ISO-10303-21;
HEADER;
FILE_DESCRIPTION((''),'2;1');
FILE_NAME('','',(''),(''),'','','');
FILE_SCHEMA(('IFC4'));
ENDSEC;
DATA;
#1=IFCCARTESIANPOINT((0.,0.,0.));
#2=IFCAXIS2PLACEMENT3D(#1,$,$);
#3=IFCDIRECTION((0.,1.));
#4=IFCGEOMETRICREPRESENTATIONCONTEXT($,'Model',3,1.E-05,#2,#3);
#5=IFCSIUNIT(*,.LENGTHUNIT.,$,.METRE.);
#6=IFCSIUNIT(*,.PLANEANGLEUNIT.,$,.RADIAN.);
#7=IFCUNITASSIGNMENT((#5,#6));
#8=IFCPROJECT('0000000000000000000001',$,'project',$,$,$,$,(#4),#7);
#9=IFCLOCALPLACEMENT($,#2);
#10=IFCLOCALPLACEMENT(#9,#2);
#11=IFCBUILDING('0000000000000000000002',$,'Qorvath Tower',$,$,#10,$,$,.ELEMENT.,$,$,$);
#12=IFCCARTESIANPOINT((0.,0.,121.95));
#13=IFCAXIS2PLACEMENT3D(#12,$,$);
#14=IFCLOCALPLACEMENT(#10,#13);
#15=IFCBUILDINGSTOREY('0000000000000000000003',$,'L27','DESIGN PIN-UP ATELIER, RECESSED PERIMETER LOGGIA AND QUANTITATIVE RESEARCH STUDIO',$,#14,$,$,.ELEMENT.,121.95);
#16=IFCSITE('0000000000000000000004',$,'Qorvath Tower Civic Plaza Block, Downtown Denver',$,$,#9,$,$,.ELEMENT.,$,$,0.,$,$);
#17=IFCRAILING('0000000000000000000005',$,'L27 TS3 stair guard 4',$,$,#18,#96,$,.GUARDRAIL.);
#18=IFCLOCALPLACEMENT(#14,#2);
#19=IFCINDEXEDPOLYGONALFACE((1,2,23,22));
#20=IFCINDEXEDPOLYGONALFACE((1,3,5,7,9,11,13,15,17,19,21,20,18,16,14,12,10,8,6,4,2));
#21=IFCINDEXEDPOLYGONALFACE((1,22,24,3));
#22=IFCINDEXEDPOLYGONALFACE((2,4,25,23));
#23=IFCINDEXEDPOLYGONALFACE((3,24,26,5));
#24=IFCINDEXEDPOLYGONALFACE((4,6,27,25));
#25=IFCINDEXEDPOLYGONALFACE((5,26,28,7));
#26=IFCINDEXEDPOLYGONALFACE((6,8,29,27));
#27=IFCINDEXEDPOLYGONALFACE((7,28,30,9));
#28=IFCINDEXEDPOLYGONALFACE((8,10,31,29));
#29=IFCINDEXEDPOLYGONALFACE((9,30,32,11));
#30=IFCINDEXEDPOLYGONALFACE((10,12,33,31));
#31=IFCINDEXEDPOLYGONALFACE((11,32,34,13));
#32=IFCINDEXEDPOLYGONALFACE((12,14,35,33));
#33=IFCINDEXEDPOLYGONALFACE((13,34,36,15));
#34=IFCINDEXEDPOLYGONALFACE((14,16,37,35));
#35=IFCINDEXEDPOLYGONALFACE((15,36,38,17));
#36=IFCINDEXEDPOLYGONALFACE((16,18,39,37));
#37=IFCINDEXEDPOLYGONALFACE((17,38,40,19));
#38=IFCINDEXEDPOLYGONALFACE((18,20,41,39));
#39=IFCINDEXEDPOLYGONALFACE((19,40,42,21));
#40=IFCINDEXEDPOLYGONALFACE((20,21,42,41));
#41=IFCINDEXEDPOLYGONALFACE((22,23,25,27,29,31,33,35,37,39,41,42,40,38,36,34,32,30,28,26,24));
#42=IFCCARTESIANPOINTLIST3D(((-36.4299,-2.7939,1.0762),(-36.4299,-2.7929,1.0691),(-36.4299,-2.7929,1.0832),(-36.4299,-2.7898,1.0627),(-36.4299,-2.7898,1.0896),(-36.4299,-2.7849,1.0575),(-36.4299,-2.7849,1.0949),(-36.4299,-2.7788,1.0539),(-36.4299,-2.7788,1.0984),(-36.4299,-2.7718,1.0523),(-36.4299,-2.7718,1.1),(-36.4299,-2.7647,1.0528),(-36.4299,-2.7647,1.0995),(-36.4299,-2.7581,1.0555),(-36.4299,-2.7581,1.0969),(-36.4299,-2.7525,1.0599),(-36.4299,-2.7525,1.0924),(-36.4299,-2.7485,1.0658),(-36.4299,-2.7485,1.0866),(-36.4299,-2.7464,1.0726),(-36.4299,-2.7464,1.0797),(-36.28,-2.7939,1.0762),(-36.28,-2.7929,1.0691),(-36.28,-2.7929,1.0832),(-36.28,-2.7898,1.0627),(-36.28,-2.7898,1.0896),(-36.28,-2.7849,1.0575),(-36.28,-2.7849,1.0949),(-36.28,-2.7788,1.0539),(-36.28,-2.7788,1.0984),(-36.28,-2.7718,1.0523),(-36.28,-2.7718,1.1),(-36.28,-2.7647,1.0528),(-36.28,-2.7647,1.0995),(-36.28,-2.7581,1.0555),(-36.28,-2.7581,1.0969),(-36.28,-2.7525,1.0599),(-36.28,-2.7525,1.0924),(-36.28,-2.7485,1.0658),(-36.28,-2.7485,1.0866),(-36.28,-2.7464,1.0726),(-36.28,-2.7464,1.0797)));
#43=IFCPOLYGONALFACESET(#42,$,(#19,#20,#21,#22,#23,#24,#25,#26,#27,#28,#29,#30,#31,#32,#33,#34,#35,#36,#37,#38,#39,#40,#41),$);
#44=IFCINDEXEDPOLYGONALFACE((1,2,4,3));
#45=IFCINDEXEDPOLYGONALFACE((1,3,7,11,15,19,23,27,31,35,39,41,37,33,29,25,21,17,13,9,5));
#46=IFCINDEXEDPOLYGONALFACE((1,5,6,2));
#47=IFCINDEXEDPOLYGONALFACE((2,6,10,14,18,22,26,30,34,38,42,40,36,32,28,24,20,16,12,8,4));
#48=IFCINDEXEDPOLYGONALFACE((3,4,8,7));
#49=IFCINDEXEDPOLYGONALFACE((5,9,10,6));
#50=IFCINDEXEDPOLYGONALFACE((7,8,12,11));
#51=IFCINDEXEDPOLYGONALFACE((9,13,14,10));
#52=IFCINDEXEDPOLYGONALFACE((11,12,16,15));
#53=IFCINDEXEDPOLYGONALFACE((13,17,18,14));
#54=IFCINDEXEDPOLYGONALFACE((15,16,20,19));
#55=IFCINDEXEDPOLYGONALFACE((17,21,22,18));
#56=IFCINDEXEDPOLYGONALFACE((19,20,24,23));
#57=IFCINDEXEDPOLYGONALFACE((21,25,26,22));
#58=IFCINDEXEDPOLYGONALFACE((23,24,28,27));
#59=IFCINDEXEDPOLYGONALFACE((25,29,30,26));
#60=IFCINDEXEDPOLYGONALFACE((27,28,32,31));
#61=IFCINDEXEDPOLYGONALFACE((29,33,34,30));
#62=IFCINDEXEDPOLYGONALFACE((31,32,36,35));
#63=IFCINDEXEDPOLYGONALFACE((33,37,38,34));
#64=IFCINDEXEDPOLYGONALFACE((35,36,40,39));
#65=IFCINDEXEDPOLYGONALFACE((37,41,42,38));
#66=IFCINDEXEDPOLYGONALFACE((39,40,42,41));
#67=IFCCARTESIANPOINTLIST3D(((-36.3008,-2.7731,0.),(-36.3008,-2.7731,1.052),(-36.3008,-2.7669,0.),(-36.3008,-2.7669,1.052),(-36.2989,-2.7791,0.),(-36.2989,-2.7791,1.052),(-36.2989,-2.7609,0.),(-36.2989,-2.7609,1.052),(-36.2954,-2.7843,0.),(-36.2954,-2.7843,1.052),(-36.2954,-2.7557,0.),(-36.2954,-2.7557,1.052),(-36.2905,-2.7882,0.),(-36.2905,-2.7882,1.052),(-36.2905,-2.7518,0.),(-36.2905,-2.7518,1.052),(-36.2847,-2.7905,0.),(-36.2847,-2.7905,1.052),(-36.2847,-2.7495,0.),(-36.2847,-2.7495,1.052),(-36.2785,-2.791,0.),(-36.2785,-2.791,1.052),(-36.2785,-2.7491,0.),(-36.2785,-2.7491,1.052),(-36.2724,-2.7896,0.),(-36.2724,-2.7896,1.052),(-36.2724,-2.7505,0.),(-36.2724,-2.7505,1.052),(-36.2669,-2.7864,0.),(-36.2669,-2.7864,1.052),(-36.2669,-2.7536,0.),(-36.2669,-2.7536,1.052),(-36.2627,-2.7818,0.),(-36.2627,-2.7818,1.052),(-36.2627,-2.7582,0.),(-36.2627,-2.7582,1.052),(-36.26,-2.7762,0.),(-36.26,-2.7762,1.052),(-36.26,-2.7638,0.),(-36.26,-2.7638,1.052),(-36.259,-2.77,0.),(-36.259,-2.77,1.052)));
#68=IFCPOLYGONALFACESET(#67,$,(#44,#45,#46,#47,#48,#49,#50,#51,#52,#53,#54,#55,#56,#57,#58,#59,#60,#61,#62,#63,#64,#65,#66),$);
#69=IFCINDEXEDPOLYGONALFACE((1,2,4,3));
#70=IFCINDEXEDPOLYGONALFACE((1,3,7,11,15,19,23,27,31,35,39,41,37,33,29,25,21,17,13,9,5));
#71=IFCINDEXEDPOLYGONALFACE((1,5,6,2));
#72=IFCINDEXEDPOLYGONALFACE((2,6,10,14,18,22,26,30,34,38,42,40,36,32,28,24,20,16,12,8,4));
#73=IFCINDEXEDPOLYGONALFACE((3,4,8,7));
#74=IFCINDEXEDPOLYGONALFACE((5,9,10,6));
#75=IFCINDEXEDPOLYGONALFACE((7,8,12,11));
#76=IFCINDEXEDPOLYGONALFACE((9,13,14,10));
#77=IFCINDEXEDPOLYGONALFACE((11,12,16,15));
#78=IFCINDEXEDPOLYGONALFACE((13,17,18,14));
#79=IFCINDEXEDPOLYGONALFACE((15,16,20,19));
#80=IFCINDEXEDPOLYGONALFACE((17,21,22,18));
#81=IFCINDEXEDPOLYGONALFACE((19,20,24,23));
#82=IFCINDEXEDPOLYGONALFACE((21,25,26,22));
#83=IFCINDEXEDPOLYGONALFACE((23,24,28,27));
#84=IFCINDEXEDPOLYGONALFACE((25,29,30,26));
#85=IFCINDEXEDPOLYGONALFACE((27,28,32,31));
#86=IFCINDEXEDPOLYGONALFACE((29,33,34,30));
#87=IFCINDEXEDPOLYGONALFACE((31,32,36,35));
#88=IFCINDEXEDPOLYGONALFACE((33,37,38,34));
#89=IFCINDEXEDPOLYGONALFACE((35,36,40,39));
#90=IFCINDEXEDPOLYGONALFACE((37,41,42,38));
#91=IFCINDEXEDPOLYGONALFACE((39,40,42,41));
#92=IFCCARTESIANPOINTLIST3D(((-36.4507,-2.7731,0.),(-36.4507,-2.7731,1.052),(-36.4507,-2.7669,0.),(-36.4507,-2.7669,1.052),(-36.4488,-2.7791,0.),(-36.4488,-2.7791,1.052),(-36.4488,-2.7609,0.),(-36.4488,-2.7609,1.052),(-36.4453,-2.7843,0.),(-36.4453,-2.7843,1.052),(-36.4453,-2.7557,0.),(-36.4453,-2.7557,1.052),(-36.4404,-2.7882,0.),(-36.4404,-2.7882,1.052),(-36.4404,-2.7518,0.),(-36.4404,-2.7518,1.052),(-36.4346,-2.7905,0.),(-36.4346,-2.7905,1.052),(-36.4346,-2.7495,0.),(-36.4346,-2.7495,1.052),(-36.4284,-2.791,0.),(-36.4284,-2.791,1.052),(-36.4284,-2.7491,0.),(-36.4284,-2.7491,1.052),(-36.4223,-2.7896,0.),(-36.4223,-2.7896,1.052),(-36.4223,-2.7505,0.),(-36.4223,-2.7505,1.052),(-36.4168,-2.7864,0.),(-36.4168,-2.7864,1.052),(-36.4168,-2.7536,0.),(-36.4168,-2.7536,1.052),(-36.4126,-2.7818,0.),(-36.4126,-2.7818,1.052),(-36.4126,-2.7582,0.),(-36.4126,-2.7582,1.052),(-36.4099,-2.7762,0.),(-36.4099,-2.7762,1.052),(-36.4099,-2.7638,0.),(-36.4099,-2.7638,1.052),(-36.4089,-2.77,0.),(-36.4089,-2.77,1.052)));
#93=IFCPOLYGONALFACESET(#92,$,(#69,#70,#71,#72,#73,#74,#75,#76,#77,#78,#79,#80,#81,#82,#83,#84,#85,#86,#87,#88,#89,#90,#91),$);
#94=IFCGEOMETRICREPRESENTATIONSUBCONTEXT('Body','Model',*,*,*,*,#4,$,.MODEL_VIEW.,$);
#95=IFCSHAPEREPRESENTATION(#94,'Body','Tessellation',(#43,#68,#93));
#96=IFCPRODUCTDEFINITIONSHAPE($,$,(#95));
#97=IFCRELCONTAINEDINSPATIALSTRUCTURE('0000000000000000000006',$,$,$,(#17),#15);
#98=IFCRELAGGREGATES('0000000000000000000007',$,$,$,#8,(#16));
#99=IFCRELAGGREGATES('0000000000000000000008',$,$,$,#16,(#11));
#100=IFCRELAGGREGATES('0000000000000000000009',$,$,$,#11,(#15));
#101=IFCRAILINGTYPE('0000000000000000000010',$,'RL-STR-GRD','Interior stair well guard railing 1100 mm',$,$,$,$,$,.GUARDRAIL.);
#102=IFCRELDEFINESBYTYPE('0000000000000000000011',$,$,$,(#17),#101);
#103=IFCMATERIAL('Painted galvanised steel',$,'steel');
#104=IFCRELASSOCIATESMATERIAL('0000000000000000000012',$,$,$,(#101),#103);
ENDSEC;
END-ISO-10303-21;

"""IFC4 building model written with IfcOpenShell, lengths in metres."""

from ifc_helpers import new_model, si_unit, direction, frame, origin, origin_2d, place, context, subcontext, project, spatial, circle, extrude, material, type_object, element, save


model = new_model("IFC4")

# Units and contexts
model_context = context("Model", 3, precision=1e-05, world=origin(), true_north=direction((0.0, 1.0)))
body_context = subcontext(model_context, "Body", "Model", "MODEL_VIEW")
ifc_project = project(units=[si_unit("LENGTHUNIT", "METRE"), si_unit("PLANEANGLEUNIT", "RADIAN")], contexts=[model_context])

# Site, building, storey
site_placement = place(None, origin())
site = spatial("IfcSite", under=ifc_project, at=site_placement, Name="Qorvath Tower Civic Plaza Block, Downtown Denver", CompositionType="ELEMENT", RefElevation=0.0)
building_placement = place(site_placement, origin())
building = spatial("IfcBuilding", under=site, at=building_placement, Name="Qorvath Tower", CompositionType="ELEMENT")
storey_placement = place(building_placement, frame((0.0, 0.0, 121.95)))
storey = spatial("IfcBuildingStorey", under=building, at=storey_placement, Name="L27", Description="DESIGN PIN-UP ATELIER, RECESSED PERIMETER LOGGIA AND QUANTITATIVE RESEARCH STUDIO", CompositionType="ELEMENT", Elevation=121.95)

# Railing
ifc_material_1 = material(Name="Painted galvanised steel", Category="steel")
railing_type_1 = type_object("IfcRailingType", Name="RL-STR-GRD", Description="Interior stair well guard railing 1100 mm", PredefinedType="GUARDRAIL", material=ifc_material_1)
railing_1_placement = place(storey_placement, frame((-36.28, -2.77, 0.0)))
element("IfcRailing", 1, at=railing_1_placement, inside=storey, type_object=railing_type_1, Name="L27 TS3 stair guard 4", PredefinedType="GUARDRAIL", context=body_context, shape_type="SweptSolid", body=[
    extrude(circle(Radius=0.0239, at=origin_2d()), frame((0.0, 0.0, 1.0762), z_axis=(-1.0, 0.0, 0.0), x_axis=(0.0, -1.0, 0.0)), (0.0, 0.0, 1.0), 0.1499),
    extrude(circle(Radius=0.021, at=origin_2d()), origin(), (0.0, 0.0, 1.0), 1.052),
    extrude(circle(Radius=0.021, at=origin_2d()), frame((-0.1499, 0.0, 0.0)), (0.0, 0.0, 1.0), 1.052),
])

save(model, "model.ifc")
